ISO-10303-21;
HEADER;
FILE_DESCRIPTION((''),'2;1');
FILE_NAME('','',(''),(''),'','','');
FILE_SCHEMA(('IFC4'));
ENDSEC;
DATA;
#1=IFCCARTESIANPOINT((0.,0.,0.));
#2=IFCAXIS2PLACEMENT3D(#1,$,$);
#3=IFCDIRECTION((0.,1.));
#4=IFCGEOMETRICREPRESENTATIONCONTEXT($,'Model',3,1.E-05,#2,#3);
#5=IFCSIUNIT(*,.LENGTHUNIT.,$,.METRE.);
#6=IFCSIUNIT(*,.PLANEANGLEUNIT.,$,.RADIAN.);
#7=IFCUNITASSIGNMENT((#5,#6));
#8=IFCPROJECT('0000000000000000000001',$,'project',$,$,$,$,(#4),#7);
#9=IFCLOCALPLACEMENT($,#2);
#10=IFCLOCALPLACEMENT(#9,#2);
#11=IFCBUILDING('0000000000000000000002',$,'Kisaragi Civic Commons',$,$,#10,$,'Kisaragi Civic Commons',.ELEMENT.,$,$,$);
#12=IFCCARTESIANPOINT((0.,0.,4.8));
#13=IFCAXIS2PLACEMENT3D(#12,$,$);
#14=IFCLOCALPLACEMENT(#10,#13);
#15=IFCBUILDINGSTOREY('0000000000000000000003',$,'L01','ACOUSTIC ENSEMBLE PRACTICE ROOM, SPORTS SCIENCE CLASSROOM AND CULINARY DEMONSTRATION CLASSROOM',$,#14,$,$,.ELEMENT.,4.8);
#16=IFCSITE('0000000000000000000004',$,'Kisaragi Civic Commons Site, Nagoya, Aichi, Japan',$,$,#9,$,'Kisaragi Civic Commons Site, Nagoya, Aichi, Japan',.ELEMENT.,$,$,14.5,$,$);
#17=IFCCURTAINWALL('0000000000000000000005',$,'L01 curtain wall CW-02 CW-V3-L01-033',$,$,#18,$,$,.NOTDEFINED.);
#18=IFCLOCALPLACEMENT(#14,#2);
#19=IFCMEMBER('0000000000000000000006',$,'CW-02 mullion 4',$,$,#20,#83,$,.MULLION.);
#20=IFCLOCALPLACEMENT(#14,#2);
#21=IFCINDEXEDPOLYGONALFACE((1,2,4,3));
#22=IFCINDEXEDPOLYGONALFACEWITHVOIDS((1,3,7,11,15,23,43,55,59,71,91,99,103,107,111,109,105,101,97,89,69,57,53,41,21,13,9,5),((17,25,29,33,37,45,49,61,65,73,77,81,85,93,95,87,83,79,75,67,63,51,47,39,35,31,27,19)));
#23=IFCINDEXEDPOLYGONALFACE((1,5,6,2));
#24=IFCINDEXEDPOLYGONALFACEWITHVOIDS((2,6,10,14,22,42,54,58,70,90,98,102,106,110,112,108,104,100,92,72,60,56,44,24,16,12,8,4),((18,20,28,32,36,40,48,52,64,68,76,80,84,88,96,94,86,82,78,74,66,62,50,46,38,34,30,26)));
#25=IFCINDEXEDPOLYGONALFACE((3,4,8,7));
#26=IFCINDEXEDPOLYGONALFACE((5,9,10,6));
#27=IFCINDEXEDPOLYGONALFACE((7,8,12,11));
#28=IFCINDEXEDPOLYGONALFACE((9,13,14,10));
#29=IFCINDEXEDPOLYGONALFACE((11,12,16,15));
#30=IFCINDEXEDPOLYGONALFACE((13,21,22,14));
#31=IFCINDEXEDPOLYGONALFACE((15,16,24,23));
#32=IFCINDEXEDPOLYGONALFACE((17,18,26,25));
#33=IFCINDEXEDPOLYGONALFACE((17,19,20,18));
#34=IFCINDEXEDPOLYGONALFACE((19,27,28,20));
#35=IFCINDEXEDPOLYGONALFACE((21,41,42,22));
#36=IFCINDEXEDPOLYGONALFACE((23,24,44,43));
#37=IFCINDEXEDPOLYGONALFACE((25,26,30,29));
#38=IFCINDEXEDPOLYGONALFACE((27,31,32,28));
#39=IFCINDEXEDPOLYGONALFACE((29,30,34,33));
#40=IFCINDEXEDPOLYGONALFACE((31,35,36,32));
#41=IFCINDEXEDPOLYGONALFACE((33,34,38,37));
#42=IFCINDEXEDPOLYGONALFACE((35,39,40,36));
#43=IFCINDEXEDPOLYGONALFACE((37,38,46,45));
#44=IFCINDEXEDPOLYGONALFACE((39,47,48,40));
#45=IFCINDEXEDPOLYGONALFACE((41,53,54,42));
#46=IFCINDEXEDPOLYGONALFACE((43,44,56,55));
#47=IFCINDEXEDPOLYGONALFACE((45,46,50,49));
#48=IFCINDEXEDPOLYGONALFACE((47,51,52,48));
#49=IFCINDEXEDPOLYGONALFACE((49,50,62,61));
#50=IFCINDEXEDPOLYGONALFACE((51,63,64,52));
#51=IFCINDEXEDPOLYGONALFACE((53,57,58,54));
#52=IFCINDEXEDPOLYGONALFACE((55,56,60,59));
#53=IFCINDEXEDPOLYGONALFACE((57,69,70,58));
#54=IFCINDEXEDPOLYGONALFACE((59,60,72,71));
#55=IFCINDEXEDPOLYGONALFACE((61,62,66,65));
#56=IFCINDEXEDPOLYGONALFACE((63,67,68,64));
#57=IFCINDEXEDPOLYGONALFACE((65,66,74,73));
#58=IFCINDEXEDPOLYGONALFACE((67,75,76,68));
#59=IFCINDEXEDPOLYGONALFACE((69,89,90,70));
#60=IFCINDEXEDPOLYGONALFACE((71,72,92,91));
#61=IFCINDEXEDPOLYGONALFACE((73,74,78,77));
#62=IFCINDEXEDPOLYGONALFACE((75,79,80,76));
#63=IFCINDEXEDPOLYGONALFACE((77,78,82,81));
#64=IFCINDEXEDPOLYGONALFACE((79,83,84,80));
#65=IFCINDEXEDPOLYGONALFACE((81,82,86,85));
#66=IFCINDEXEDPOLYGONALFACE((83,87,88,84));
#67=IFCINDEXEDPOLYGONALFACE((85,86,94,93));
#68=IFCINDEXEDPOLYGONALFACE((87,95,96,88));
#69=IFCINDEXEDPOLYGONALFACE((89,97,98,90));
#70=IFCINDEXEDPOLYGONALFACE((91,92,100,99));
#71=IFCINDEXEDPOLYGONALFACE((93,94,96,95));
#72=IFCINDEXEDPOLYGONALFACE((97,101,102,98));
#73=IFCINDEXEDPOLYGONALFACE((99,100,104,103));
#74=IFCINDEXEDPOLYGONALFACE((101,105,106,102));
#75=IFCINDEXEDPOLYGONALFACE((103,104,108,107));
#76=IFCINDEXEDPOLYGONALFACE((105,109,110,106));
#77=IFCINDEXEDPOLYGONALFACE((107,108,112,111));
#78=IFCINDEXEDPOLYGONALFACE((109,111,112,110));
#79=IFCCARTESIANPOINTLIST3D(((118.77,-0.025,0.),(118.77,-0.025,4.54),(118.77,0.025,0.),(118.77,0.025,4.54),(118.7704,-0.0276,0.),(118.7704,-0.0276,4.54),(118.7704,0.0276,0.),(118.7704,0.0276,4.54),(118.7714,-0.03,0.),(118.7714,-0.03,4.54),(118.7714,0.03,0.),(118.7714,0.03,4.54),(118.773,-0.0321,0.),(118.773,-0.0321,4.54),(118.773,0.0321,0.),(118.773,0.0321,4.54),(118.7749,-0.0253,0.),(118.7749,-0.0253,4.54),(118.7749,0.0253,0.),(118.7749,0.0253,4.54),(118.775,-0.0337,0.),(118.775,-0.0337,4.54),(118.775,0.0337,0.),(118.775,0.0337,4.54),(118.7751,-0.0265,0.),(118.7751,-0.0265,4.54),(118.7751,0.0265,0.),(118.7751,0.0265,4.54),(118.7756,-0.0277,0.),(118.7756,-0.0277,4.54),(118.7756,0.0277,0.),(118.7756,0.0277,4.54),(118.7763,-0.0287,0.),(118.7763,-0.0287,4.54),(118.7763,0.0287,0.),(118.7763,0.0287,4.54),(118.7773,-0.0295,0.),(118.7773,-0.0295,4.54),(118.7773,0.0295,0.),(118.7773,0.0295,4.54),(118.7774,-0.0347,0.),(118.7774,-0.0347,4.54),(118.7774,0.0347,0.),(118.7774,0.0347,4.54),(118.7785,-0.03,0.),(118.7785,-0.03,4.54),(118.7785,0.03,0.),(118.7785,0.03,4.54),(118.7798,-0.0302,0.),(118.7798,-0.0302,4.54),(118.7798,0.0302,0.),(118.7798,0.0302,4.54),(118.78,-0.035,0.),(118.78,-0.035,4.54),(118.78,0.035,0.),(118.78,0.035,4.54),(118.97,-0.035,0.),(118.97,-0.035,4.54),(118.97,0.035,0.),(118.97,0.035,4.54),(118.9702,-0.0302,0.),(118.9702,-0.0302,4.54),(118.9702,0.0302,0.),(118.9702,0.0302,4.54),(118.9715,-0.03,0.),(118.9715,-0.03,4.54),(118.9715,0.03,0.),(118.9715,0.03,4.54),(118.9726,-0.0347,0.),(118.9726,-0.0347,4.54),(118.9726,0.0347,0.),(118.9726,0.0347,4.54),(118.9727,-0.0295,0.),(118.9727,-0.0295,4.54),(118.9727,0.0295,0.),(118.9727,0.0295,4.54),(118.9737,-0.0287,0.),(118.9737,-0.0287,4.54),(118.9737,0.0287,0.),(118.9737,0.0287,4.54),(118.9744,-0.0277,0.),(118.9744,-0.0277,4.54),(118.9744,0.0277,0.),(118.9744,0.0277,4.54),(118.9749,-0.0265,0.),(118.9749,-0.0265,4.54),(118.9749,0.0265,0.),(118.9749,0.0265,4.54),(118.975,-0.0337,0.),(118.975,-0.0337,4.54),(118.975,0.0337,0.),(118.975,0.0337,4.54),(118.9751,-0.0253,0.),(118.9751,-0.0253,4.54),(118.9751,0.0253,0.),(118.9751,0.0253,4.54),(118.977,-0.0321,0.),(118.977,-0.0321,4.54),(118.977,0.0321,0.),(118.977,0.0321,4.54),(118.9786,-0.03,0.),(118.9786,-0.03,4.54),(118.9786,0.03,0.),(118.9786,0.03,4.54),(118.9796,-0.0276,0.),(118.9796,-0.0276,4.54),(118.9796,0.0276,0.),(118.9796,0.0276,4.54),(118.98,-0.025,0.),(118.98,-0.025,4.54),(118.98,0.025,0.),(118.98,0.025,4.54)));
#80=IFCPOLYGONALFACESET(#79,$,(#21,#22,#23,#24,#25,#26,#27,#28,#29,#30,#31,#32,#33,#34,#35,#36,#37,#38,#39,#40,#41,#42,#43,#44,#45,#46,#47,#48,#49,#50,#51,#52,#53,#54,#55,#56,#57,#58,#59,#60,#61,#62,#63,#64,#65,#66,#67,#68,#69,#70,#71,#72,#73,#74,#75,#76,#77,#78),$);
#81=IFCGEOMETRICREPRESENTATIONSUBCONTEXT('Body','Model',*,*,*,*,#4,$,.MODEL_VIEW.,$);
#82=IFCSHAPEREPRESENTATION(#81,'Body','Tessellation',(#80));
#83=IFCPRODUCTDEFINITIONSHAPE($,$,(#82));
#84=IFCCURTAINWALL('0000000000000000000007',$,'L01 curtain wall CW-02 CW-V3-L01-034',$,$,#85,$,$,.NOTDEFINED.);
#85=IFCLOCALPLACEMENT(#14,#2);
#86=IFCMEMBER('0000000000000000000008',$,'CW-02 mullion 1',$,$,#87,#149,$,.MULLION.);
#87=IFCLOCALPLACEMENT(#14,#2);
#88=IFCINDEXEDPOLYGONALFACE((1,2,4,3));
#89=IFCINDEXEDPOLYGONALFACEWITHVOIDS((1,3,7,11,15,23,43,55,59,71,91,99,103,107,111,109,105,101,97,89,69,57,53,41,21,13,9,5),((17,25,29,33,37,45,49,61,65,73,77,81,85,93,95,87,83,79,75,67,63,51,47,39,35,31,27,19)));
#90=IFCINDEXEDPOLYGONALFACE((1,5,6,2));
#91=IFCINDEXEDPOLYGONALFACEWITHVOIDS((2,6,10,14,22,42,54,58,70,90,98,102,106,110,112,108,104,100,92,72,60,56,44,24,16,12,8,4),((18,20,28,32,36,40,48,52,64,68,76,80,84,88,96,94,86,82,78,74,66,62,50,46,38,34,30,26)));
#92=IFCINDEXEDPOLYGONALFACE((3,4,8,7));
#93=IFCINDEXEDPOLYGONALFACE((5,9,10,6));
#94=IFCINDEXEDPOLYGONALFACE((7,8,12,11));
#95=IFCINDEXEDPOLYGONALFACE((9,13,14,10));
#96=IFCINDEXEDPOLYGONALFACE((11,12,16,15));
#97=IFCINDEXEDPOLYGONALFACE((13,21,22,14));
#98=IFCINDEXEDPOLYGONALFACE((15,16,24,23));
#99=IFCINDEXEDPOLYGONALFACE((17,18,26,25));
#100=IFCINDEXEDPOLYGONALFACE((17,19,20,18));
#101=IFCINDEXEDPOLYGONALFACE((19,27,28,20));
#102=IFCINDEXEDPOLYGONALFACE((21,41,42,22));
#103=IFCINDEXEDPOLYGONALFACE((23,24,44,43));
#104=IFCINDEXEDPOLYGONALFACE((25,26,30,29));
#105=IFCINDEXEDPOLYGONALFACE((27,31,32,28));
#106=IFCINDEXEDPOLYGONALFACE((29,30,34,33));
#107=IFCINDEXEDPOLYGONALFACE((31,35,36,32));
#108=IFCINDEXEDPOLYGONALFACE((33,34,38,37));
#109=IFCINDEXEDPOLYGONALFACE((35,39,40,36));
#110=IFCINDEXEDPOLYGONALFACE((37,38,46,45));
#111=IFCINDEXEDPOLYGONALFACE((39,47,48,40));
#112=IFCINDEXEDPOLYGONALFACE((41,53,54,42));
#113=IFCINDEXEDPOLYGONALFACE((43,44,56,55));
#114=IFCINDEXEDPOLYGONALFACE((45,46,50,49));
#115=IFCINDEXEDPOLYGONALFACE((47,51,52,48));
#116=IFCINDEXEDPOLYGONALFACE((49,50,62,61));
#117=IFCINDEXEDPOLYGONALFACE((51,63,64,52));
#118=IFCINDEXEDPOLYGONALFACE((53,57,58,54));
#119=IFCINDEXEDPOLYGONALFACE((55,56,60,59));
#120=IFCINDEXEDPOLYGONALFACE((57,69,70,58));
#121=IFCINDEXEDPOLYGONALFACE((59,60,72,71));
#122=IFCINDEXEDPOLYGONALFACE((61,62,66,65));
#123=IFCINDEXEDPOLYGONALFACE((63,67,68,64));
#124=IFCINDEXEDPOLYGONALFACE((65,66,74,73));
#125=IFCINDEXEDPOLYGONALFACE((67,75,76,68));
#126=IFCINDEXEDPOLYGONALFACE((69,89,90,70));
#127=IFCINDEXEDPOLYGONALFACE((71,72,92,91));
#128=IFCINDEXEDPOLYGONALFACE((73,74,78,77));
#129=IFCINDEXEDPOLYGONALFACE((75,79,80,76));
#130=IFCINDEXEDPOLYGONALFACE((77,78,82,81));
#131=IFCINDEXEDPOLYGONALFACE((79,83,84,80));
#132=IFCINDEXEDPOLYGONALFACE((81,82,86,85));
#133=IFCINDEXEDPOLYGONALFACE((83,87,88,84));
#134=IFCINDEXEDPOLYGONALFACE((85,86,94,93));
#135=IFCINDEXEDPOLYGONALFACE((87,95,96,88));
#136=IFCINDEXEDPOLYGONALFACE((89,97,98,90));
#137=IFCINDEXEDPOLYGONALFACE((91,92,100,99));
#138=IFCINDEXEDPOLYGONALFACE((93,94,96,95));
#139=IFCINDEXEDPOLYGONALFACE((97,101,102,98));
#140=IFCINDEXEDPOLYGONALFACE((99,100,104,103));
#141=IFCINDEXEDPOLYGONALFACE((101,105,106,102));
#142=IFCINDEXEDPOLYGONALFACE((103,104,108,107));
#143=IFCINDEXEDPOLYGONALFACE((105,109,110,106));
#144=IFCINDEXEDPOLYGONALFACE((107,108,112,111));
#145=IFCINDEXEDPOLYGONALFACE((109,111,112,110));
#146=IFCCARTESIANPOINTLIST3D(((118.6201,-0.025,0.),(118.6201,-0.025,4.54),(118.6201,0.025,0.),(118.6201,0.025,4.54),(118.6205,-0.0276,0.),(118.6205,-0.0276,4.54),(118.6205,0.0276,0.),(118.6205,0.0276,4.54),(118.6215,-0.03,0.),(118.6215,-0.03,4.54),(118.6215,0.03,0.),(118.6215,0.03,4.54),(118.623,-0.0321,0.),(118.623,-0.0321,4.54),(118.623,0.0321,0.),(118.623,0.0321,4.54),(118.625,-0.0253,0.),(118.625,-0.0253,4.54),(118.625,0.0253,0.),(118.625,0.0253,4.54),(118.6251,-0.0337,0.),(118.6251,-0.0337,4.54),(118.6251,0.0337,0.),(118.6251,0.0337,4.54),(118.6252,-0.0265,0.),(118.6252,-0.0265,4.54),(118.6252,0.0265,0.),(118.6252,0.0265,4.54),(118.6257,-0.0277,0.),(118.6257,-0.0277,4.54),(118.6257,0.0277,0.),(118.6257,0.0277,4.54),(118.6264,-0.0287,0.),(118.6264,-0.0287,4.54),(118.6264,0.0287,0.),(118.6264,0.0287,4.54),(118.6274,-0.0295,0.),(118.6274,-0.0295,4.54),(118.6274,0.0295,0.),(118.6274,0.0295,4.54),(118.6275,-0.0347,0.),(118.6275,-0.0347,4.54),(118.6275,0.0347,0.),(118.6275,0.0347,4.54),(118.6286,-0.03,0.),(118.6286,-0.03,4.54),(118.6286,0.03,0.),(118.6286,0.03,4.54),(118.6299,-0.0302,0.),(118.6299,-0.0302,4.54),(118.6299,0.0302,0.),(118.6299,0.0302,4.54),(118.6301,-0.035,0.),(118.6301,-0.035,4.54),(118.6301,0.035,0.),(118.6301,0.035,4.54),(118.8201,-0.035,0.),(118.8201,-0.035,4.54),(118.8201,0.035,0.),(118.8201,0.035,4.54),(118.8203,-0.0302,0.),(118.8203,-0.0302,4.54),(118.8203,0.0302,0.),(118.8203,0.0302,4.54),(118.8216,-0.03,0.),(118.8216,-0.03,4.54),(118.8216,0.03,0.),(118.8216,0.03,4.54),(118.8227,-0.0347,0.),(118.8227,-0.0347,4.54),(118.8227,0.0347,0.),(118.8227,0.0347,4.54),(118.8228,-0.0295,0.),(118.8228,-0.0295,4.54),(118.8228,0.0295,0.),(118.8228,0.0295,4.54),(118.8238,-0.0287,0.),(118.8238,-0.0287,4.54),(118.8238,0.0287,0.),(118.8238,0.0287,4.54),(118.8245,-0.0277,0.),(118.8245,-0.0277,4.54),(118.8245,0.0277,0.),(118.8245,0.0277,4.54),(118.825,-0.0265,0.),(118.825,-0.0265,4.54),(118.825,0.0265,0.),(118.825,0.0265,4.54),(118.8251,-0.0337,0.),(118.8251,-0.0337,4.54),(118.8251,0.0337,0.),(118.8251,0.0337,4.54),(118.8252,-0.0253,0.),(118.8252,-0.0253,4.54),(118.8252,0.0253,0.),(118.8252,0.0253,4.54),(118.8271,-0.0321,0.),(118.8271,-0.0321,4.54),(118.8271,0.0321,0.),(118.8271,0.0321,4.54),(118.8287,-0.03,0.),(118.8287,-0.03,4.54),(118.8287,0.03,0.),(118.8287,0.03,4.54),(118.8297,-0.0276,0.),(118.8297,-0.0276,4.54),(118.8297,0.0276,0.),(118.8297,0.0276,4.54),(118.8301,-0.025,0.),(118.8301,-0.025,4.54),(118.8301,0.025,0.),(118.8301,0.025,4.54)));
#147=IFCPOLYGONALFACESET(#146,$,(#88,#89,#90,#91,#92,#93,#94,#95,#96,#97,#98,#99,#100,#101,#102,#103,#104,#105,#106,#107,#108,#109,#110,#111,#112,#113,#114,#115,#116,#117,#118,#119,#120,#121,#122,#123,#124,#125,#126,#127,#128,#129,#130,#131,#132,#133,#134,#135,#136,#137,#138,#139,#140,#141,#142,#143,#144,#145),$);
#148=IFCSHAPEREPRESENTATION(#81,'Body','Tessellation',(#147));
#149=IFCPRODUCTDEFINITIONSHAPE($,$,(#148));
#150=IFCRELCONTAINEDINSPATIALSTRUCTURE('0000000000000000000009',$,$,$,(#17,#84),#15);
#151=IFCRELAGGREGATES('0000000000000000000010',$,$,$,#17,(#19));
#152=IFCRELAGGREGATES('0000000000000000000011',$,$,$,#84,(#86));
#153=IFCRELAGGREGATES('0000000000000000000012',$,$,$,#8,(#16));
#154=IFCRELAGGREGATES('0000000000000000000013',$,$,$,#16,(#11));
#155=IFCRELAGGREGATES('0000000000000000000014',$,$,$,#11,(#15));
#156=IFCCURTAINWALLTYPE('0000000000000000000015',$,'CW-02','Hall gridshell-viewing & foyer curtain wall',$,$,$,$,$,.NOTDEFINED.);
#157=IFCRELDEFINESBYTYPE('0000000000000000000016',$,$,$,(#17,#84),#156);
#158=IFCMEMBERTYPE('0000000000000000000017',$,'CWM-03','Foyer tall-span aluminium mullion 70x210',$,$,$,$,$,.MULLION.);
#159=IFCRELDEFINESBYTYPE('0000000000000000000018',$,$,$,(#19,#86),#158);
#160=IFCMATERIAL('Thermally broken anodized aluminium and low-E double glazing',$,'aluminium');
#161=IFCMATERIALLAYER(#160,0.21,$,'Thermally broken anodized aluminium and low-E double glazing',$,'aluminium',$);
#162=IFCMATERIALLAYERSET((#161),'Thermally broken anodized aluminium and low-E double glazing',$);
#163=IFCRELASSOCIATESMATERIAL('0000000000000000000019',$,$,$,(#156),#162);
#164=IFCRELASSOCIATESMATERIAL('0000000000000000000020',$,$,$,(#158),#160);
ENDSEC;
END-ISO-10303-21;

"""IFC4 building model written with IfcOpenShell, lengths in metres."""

from ifc_helpers import new_model, si_unit, direction, frame, origin, origin_2d, place, context, subcontext, project, spatial, hollow_rectangle, extrude, material, layer, layer_set, material_profile, profile_set, type_object, element, aggregate, save


model = new_model("IFC4")

# Units and contexts
model_context = context("Model", 3, precision=1e-05, world=origin(), true_north=direction((0.0, 1.0)))
body_context = subcontext(model_context, "Body", "Model", "MODEL_VIEW")
ifc_project = project(units=[si_unit("LENGTHUNIT", "METRE"), si_unit("PLANEANGLEUNIT", "RADIAN")], contexts=[model_context])

# Site, building, storey
site_placement = place(None, origin())
site = spatial("IfcSite", under=ifc_project, at=site_placement, Name="Kisaragi Civic Commons Site, Nagoya, Aichi, Japan", LongName="Kisaragi Civic Commons Site, Nagoya, Aichi, Japan", CompositionType="ELEMENT", RefElevation=14.5)
building_placement = place(site_placement, origin())
building = spatial("IfcBuilding", under=site, at=building_placement, Name="Kisaragi Civic Commons", LongName="Kisaragi Civic Commons", CompositionType="ELEMENT")
storey_placement = place(building_placement, frame((0.0, 0.0, 4.8)))
storey = spatial("IfcBuildingStorey", under=building, at=storey_placement, Name="L01", Description="ACOUSTIC ENSEMBLE PRACTICE ROOM, SPORTS SCIENCE CLASSROOM AND CULINARY DEMONSTRATION CLASSROOM", CompositionType="ELEMENT", Elevation=4.8)

# Curtain wall, member
ifc_material = material(Name="Thermally broken anodized aluminium and low-E double glazing", Category="aluminium")
ifc_layer_1 = layer(ifc_material, 0.21, Name="Thermally broken anodized aluminium and low-E double glazing", Category="aluminium")
ifc_layer_set_1 = layer_set([ifc_layer_1], Name="Thermally broken anodized aluminium and low-E double glazing")
curtain_wall_type = type_object("IfcCurtainWallType", Name="CW-02", Description="Hall gridshell-viewing & foyer curtain wall", PredefinedType="NOTDEFINED", material=ifc_layer_set_1)
curtain_wall_1_placement = place(storey_placement, origin())
curtain_wall_1 = element("IfcCurtainWall", 1, at=curtain_wall_1_placement, inside=storey, type_object=curtain_wall_type, Name="L01 curtain wall CW-02 CW-V3-L01-033", PredefinedType="NOTDEFINED")
ifc_material_profile_1 = material_profile(ifc_material, hollow_rectangle(XDim=0.0701, YDim=0.21, WallThickness=0.0049, InnerFilletRadius=0.0049, OuterFilletRadius=0.01, at=origin_2d()), Name="CWM-70x210x5", Category="aluminium")
ifc_profile_set_1 = profile_set([ifc_material_profile_1], Name="Thermally broken anodized aluminium and low-E double glazing")
member_type_1 = type_object("IfcMemberType", Name="CWM-03", Description="Foyer tall-span aluminium mullion 70x210", PredefinedType="MULLION", material=ifc_profile_set_1)
member_1_placement = place(storey_placement, frame((118.875, 0.0, 0.0), z_axis=(0.0, 0.0, 1.0), x_axis=(0.0, -1.0, 0.0)))
member_1 = element("IfcMember", 2, at=member_1_placement, type_object=member_type_1, Name="CW-02 mullion 4", PredefinedType="MULLION", context=body_context, shape_type="SweptSolid", body=[
    extrude(hollow_rectangle(XDim=0.0701, YDim=0.21, WallThickness=0.0049, InnerFilletRadius=0.0049, OuterFilletRadius=0.01, at=origin_2d()), origin(), (0.0, 0.0, 1.0), 4.54),
])

# Curtain wall, member
curtain_wall_2_placement = place(storey_placement, origin())
curtain_wall_2 = element("IfcCurtainWall", 3, at=curtain_wall_2_placement, inside=storey, type_object=curtain_wall_type, Name="L01 curtain wall CW-02 CW-V3-L01-034", PredefinedType="NOTDEFINED")
member_2_placement = place(storey_placement, frame((118.7251, 0.0, 0.0), z_axis=(0.0, 0.0, 1.0), x_axis=(0.0, -1.0, 0.0)))
member_2 = element("IfcMember", 4, at=member_2_placement, type_object=member_type_1, Name="CW-02 mullion 1", PredefinedType="MULLION", context=body_context, shape_type="SweptSolid", body=[
    extrude(hollow_rectangle(XDim=0.0701, YDim=0.21, WallThickness=0.0049, InnerFilletRadius=0.0049, OuterFilletRadius=0.01, at=origin_2d()), origin(), (0.0, 0.0, 1.0), 4.54),
])

aggregate(curtain_wall_1, [member_1])
aggregate(curtain_wall_2, [member_2])

save(model, "model.ifc")
